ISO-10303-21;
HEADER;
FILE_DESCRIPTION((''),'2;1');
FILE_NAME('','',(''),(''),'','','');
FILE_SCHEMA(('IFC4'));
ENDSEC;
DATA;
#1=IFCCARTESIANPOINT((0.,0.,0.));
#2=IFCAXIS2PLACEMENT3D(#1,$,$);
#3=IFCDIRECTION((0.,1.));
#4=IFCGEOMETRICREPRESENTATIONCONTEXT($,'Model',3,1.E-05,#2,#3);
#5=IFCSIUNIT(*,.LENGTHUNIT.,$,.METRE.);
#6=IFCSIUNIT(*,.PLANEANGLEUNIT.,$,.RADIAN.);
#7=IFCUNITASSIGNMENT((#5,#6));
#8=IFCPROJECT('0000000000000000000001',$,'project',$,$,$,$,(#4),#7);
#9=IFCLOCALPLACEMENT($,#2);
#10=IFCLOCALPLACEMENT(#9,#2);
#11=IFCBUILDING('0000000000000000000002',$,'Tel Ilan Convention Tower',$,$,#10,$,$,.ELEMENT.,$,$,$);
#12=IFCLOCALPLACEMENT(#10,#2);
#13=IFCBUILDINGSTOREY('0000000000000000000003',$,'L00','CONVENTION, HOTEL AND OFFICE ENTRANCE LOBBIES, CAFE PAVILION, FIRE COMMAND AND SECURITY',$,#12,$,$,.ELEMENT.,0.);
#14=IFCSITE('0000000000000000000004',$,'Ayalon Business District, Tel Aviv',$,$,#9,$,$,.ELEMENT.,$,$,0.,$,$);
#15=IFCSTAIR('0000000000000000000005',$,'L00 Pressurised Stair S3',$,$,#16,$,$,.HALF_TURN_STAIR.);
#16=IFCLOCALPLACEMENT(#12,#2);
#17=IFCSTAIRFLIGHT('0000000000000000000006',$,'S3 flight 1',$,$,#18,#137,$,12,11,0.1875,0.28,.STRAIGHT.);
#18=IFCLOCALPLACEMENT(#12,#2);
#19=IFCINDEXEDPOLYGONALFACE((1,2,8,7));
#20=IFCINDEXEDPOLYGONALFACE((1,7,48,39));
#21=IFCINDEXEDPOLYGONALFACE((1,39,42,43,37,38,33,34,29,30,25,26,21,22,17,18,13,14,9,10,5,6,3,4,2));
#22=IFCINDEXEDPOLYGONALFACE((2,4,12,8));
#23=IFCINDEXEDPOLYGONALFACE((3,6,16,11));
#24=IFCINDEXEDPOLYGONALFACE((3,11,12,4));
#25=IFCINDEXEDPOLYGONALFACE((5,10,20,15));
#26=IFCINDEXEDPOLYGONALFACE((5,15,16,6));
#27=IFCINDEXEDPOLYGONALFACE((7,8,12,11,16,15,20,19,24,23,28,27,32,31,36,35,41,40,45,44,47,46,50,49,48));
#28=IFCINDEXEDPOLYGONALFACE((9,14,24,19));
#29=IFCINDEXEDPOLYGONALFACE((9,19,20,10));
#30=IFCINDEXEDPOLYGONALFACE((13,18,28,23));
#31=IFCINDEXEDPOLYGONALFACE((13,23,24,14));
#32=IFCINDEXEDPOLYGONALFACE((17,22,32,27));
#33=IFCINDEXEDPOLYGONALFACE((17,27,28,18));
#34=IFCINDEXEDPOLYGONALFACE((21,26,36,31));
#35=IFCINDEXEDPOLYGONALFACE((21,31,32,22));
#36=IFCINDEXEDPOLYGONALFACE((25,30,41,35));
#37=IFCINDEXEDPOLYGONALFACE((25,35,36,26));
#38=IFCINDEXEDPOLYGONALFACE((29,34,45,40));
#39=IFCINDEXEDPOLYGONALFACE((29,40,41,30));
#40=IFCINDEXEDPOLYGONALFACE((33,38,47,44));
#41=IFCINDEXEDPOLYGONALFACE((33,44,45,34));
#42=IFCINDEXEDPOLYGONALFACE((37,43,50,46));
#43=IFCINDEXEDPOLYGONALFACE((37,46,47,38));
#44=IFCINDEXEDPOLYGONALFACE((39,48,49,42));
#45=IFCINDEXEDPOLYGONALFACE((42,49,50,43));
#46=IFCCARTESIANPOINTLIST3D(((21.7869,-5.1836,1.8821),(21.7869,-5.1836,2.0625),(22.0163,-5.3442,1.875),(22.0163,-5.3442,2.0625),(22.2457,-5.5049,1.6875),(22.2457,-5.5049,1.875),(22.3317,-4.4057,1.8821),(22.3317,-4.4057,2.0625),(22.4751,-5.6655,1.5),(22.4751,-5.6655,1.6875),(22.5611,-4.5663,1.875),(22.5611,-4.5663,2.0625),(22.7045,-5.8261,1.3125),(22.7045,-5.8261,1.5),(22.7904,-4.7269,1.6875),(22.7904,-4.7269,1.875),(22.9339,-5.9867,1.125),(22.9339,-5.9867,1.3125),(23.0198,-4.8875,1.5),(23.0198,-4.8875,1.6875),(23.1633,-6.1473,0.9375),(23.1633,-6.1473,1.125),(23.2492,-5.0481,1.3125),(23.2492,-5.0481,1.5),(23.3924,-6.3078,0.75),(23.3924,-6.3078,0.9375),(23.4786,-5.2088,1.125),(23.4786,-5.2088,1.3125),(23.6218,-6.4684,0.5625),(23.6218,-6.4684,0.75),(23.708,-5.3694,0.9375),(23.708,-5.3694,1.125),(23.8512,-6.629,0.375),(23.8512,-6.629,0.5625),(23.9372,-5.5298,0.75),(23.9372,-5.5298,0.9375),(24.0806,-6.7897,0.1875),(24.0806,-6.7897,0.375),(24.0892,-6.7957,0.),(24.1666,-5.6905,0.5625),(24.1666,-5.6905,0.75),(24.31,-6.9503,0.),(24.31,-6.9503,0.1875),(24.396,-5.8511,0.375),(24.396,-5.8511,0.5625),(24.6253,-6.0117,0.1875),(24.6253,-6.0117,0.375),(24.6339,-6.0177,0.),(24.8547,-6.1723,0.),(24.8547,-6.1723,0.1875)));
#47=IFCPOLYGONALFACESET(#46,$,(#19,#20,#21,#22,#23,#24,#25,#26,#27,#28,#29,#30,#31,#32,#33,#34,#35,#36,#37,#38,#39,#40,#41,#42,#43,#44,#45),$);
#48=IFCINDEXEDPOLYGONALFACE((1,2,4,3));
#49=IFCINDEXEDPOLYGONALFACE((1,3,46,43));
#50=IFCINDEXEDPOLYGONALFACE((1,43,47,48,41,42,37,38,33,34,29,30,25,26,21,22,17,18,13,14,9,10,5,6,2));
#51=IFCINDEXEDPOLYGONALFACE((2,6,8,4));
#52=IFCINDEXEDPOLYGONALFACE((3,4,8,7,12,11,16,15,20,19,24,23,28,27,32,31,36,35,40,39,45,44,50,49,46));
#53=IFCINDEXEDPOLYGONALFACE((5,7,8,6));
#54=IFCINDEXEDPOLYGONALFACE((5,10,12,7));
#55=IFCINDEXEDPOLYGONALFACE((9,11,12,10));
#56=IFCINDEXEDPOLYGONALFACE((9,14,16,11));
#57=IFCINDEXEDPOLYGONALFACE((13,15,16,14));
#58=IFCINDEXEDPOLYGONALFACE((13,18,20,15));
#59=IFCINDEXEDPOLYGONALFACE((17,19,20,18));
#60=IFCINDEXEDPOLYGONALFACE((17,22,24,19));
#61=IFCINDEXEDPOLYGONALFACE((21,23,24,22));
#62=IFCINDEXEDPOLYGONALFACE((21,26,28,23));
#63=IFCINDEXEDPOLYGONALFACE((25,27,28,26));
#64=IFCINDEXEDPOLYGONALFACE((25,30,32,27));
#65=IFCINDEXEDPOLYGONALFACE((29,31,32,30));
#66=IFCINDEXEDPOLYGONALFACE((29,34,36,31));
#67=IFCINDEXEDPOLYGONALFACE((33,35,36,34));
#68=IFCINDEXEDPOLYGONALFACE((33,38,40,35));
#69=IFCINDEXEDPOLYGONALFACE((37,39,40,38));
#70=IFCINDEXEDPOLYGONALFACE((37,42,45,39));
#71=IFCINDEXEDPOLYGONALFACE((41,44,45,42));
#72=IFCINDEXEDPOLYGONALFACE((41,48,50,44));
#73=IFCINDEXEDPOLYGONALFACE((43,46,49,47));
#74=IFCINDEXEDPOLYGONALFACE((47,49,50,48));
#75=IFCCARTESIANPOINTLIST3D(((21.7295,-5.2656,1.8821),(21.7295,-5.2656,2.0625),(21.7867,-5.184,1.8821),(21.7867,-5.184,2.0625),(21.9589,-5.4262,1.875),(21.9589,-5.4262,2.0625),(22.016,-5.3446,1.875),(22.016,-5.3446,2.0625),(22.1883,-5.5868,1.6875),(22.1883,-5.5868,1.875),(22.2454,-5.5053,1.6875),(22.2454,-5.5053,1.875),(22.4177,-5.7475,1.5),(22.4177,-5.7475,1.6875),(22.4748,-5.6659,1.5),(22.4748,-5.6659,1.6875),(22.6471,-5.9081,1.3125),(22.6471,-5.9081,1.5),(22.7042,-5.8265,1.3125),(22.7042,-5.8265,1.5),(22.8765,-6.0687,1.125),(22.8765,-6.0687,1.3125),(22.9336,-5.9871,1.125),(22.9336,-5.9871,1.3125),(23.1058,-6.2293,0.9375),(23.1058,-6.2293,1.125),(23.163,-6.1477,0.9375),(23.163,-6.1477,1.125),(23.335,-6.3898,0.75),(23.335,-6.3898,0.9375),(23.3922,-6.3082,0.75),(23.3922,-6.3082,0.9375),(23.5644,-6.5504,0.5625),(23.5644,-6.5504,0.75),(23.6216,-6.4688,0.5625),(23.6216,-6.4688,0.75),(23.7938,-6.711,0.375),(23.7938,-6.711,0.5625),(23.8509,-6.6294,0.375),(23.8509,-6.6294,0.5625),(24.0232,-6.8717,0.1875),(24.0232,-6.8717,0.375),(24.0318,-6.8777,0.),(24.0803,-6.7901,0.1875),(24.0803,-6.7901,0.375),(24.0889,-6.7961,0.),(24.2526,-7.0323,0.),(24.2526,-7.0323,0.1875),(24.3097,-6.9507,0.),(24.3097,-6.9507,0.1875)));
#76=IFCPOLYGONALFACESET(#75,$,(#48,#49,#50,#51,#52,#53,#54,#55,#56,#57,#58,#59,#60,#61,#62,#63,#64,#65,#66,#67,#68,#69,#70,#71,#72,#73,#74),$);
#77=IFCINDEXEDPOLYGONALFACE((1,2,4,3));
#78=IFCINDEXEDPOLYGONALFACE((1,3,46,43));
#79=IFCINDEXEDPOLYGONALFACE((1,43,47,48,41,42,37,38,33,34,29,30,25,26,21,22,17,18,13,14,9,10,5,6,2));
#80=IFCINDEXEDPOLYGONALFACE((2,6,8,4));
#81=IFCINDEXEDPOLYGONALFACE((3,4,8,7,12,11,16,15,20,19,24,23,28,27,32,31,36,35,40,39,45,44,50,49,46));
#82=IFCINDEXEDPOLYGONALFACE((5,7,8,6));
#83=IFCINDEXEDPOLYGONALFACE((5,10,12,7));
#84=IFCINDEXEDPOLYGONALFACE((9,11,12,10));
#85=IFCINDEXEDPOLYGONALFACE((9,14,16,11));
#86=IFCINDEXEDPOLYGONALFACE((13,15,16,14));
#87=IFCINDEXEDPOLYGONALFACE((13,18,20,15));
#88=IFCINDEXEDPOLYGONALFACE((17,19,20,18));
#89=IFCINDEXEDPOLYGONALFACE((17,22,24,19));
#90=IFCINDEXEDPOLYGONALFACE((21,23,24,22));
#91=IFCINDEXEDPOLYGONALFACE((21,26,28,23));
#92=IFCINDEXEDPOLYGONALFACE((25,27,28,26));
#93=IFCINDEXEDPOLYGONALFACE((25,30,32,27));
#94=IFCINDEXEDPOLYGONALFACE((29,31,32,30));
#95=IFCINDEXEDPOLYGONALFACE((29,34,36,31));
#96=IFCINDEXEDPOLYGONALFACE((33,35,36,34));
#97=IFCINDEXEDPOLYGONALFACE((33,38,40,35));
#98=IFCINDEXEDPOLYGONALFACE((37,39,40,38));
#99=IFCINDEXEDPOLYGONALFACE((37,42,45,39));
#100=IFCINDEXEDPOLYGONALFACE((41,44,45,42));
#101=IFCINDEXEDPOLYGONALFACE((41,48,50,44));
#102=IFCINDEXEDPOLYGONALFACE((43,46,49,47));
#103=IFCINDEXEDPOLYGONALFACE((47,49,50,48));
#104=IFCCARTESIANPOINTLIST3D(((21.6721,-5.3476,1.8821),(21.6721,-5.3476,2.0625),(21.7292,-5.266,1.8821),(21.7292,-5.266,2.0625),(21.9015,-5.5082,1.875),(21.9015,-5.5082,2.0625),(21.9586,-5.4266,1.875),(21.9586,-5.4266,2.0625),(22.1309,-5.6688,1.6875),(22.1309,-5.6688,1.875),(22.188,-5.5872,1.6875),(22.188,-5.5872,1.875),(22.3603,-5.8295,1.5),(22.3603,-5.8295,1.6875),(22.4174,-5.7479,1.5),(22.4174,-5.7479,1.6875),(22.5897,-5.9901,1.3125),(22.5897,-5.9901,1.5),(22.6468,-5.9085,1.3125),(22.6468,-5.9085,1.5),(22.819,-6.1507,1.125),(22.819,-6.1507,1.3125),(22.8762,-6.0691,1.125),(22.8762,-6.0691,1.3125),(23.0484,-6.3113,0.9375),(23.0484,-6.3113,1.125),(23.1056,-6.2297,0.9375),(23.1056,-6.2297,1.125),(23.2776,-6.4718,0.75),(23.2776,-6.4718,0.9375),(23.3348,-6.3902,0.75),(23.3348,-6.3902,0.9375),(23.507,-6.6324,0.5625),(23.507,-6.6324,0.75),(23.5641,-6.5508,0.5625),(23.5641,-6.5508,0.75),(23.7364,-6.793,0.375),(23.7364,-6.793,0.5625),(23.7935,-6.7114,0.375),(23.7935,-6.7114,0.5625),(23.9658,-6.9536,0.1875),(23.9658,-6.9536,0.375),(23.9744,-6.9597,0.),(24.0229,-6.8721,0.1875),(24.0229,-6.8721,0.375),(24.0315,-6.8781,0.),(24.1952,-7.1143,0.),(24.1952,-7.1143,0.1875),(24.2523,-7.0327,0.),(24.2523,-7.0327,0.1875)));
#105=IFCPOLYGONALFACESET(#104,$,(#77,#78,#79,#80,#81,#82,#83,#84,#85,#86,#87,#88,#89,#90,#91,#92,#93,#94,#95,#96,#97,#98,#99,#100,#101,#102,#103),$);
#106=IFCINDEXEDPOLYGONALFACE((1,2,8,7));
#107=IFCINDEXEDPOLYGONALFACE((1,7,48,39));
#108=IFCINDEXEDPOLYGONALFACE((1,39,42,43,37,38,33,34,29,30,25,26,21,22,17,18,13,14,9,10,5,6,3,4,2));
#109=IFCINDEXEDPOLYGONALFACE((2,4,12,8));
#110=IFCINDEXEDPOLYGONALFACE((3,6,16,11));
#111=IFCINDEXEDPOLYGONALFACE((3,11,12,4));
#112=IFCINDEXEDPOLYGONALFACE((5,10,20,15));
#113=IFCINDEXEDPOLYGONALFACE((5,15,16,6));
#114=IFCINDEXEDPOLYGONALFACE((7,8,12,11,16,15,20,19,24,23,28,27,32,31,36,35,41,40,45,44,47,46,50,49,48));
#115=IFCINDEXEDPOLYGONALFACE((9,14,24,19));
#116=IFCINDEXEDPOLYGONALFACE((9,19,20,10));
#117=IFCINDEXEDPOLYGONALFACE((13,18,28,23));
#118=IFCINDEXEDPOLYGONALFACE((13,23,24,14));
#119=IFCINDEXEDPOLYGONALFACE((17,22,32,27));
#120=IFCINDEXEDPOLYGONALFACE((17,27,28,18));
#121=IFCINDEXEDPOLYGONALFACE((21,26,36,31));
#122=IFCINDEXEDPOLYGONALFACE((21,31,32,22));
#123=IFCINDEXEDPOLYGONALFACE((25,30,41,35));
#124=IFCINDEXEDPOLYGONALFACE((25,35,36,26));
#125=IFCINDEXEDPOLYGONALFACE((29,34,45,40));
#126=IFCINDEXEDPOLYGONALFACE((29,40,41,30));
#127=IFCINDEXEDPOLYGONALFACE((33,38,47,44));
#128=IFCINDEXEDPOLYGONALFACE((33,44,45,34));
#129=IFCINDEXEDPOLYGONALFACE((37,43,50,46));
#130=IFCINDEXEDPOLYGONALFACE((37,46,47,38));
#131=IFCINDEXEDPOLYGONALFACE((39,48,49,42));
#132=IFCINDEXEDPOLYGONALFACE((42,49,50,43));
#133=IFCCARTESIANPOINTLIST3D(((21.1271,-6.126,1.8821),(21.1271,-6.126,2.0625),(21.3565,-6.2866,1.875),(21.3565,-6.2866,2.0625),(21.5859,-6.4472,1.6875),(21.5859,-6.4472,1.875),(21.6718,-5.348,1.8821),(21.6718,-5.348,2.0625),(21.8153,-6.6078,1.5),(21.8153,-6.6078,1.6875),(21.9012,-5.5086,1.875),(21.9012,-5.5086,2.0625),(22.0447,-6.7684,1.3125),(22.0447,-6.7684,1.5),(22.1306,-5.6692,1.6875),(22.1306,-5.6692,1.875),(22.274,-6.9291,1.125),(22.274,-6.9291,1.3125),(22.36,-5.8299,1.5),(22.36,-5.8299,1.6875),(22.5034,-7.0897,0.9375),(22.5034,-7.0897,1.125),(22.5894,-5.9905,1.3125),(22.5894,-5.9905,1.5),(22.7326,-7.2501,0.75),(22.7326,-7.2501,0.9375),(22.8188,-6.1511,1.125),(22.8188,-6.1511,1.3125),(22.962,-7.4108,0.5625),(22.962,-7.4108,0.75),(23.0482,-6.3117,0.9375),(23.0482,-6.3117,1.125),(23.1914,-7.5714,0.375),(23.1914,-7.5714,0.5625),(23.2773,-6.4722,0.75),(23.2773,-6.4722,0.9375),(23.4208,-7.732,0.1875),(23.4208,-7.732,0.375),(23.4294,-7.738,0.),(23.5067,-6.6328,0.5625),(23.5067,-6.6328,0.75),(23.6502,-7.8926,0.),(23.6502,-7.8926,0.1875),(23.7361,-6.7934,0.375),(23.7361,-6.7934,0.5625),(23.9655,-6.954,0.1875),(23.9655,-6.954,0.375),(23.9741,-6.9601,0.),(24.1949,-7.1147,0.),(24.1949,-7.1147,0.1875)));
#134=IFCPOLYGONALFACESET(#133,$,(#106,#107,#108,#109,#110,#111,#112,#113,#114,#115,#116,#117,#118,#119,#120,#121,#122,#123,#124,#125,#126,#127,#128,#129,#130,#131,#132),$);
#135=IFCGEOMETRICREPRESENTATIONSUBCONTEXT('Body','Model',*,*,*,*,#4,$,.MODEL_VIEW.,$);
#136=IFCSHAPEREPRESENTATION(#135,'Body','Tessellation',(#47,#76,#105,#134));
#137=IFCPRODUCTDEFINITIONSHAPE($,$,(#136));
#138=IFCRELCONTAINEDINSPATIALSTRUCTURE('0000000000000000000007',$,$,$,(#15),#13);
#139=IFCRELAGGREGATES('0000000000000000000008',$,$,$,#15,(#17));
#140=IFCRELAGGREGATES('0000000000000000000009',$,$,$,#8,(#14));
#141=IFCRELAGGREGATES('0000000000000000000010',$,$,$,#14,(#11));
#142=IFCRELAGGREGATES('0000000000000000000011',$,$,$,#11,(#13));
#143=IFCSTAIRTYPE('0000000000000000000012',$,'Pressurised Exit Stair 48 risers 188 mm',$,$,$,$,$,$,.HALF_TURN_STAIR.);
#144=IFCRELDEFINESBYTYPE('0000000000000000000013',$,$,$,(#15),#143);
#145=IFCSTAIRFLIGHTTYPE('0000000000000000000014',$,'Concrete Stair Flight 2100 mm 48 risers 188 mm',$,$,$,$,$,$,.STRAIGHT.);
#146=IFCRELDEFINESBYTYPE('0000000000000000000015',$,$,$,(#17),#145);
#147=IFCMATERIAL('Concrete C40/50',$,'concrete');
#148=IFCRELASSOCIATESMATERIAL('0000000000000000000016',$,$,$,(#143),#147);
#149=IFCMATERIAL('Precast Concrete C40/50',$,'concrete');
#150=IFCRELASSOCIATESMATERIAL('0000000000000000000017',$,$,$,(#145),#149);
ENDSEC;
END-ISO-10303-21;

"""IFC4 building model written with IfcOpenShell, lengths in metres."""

from ifc_helpers import new_model, si_unit, direction, frame, origin, place, context, subcontext, project, spatial, polyline, outline, extrude, material, type_object, element, aggregate, save


model = new_model("IFC4")

# Units and contexts
model_context = context("Model", 3, precision=1e-05, world=origin(), true_north=direction((0.0, 1.0)))
body_context = subcontext(model_context, "Body", "Model", "MODEL_VIEW")
ifc_project = project(units=[si_unit("LENGTHUNIT", "METRE"), si_unit("PLANEANGLEUNIT", "RADIAN")], contexts=[model_context])

# Site, building, storey
site_placement = place(None, origin())
site = spatial("IfcSite", under=ifc_project, at=site_placement, Name="Ayalon Business District, Tel Aviv", CompositionType="ELEMENT", RefElevation=0.0)
building_placement = place(site_placement, origin())
building = spatial("IfcBuilding", under=site, at=building_placement, Name="Tel Ilan Convention Tower", CompositionType="ELEMENT")
storey_placement = place(building_placement, origin())
storey = spatial("IfcBuildingStorey", under=building, at=storey_placement, Name="L00", Description="CONVENTION, HOTEL AND OFFICE ENTRANCE LOBBIES, CAFE PAVILION, FIRE COMMAND AND SECURITY", CompositionType="ELEMENT", Elevation=0.0)

# Stair, stair flight
ifc_material_1 = material(Name="Concrete C40/50", Category="concrete")
stair_type = type_object("IfcStairType", Name="Pressurised Exit Stair 48 risers 188 mm", PredefinedType="HALF_TURN_STAIR", material=ifc_material_1)
stair_1_placement = place(storey_placement, origin())
stair_1 = element("IfcStair", 1, at=stair_1_placement, inside=storey, type_object=stair_type, Name="L00 Pressurised Stair S3", PredefinedType="HALF_TURN_STAIR")
ifc_material_2 = material(Name="Precast Concrete C40/50", Category="concrete")
stair_flight_type = type_object("IfcStairFlightType", Name="Concrete Stair Flight 2100 mm 48 risers 188 mm", PredefinedType="STRAIGHT", material=ifc_material_2)
stair_flight_1_placement = place(storey_placement, frame((24.2524, -7.0325, 0.0), z_axis=(0.0, 0.0, 1.0), x_axis=(-0.819152, 0.573576, 0.0)))
stair_flight_1 = element("IfcStairFlight", 2, at=stair_flight_1_placement, type_object=stair_flight_type, Name="S3 flight 1", NumberOfRisers=12, NumberOfTreads=11, PredefinedType="STRAIGHT", RiserHeight=0.1875, TreadLength=0.28, context=body_context, shape_type="SweptSolid", body=[
    extrude(outline(polyline([(0.0, 0.0), (0.0, 0.1875), (0.28, 0.1875), (0.28, 0.375), (0.5601, 0.375), (0.5601, 0.5625), (0.8401, 0.5625), (0.8401, 0.75), (1.1201, 0.75), (1.1201, 0.9375), (1.3999, 0.9375), (1.3999, 1.125), (1.6799, 1.125), (1.6799, 1.3125), (1.96, 1.3125), (1.96, 1.5), (2.24, 1.5), (2.24, 1.6875), (2.52, 1.6875), (2.52, 1.875), (2.8, 1.875), (2.8, 2.0625), (3.0801, 2.0625), (3.0801, 2.25), (3.0801, 1.8821), (0.2695, 0.0), (0.0, 0.0)])), frame((0.0, -0.1003, 0.0), z_axis=(0.0, -1.0, 0.0), x_axis=(1.0, 0.0, 0.0)), (0.0, 0.0, 1.0), 0.9497),
    extrude(outline(polyline([(0.0, 0.0), (0.0, 0.1875), (0.28, 0.1875), (0.28, 0.375), (0.5601, 0.375), (0.5601, 0.5625), (0.8401, 0.5625), (0.8401, 0.75), (1.1201, 0.75), (1.1201, 0.9375), (1.3999, 0.9375), (1.3999, 1.125), (1.6799, 1.125), (1.6799, 1.3125), (1.96, 1.3125), (1.96, 1.5), (2.24, 1.5), (2.24, 1.6875), (2.52, 1.6875), (2.52, 1.875), (2.8, 1.875), (2.8, 2.0625), (3.0801, 2.0625), (3.0801, 2.25), (3.0801, 1.8821), (0.2695, 0.0), (0.0, 0.0)])), frame((0.0, -0.0002, 0.0), z_axis=(0.0, -1.0, 0.0), x_axis=(1.0, 0.0, 0.0)), (0.0, 0.0, 1.0), 0.0996),
    extrude(outline(polyline([(0.0, 0.0), (0.0, 0.1875), (0.28, 0.1875), (0.28, 0.375), (0.5601, 0.375), (0.5601, 0.5625), (0.8401, 0.5625), (0.8401, 0.75), (1.1201, 0.75), (1.1201, 0.9375), (1.3999, 0.9375), (1.3999, 1.125), (1.6799, 1.125), (1.6799, 1.3125), (1.96, 1.3125), (1.96, 1.5), (2.24, 1.5), (2.24, 1.6875), (2.52, 1.6875), (2.52, 1.875), (2.8, 1.875), (2.8, 2.0625), (3.0801, 2.0625), (3.0801, 2.25), (3.0801, 1.8821), (0.2695, 0.0), (0.0, 0.0)])), frame((0.0, 0.0999, 0.0), z_axis=(0.0, -1.0, 0.0), x_axis=(1.0, 0.0, 0.0)), (0.0, 0.0, 1.0), 0.0996),
    extrude(outline(polyline([(0.0, 0.0), (0.0, 0.1875), (0.28, 0.1875), (0.28, 0.375), (0.5601, 0.375), (0.5601, 0.5625), (0.8401, 0.5625), (0.8401, 0.75), (1.1201, 0.75), (1.1201, 0.9375), (1.3999, 0.9375), (1.3999, 1.125), (1.6799, 1.125), (1.6799, 1.3125), (1.96, 1.3125), (1.96, 1.5), (2.24, 1.5), (2.24, 1.6875), (2.52, 1.6875), (2.52, 1.875), (2.8, 1.875), (2.8, 2.0625), (3.0801, 2.0625), (3.0801, 2.25), (3.0801, 1.8821), (0.2695, 0.0), (0.0, 0.0)])), frame((0.0, 1.05, 0.0), z_axis=(0.0, -1.0, 0.0), x_axis=(1.0, 0.0, 0.0)), (0.0, 0.0, 1.0), 0.9497),
])
aggregate(stair_1, [stair_flight_1])

save(model, "model.ifc")
